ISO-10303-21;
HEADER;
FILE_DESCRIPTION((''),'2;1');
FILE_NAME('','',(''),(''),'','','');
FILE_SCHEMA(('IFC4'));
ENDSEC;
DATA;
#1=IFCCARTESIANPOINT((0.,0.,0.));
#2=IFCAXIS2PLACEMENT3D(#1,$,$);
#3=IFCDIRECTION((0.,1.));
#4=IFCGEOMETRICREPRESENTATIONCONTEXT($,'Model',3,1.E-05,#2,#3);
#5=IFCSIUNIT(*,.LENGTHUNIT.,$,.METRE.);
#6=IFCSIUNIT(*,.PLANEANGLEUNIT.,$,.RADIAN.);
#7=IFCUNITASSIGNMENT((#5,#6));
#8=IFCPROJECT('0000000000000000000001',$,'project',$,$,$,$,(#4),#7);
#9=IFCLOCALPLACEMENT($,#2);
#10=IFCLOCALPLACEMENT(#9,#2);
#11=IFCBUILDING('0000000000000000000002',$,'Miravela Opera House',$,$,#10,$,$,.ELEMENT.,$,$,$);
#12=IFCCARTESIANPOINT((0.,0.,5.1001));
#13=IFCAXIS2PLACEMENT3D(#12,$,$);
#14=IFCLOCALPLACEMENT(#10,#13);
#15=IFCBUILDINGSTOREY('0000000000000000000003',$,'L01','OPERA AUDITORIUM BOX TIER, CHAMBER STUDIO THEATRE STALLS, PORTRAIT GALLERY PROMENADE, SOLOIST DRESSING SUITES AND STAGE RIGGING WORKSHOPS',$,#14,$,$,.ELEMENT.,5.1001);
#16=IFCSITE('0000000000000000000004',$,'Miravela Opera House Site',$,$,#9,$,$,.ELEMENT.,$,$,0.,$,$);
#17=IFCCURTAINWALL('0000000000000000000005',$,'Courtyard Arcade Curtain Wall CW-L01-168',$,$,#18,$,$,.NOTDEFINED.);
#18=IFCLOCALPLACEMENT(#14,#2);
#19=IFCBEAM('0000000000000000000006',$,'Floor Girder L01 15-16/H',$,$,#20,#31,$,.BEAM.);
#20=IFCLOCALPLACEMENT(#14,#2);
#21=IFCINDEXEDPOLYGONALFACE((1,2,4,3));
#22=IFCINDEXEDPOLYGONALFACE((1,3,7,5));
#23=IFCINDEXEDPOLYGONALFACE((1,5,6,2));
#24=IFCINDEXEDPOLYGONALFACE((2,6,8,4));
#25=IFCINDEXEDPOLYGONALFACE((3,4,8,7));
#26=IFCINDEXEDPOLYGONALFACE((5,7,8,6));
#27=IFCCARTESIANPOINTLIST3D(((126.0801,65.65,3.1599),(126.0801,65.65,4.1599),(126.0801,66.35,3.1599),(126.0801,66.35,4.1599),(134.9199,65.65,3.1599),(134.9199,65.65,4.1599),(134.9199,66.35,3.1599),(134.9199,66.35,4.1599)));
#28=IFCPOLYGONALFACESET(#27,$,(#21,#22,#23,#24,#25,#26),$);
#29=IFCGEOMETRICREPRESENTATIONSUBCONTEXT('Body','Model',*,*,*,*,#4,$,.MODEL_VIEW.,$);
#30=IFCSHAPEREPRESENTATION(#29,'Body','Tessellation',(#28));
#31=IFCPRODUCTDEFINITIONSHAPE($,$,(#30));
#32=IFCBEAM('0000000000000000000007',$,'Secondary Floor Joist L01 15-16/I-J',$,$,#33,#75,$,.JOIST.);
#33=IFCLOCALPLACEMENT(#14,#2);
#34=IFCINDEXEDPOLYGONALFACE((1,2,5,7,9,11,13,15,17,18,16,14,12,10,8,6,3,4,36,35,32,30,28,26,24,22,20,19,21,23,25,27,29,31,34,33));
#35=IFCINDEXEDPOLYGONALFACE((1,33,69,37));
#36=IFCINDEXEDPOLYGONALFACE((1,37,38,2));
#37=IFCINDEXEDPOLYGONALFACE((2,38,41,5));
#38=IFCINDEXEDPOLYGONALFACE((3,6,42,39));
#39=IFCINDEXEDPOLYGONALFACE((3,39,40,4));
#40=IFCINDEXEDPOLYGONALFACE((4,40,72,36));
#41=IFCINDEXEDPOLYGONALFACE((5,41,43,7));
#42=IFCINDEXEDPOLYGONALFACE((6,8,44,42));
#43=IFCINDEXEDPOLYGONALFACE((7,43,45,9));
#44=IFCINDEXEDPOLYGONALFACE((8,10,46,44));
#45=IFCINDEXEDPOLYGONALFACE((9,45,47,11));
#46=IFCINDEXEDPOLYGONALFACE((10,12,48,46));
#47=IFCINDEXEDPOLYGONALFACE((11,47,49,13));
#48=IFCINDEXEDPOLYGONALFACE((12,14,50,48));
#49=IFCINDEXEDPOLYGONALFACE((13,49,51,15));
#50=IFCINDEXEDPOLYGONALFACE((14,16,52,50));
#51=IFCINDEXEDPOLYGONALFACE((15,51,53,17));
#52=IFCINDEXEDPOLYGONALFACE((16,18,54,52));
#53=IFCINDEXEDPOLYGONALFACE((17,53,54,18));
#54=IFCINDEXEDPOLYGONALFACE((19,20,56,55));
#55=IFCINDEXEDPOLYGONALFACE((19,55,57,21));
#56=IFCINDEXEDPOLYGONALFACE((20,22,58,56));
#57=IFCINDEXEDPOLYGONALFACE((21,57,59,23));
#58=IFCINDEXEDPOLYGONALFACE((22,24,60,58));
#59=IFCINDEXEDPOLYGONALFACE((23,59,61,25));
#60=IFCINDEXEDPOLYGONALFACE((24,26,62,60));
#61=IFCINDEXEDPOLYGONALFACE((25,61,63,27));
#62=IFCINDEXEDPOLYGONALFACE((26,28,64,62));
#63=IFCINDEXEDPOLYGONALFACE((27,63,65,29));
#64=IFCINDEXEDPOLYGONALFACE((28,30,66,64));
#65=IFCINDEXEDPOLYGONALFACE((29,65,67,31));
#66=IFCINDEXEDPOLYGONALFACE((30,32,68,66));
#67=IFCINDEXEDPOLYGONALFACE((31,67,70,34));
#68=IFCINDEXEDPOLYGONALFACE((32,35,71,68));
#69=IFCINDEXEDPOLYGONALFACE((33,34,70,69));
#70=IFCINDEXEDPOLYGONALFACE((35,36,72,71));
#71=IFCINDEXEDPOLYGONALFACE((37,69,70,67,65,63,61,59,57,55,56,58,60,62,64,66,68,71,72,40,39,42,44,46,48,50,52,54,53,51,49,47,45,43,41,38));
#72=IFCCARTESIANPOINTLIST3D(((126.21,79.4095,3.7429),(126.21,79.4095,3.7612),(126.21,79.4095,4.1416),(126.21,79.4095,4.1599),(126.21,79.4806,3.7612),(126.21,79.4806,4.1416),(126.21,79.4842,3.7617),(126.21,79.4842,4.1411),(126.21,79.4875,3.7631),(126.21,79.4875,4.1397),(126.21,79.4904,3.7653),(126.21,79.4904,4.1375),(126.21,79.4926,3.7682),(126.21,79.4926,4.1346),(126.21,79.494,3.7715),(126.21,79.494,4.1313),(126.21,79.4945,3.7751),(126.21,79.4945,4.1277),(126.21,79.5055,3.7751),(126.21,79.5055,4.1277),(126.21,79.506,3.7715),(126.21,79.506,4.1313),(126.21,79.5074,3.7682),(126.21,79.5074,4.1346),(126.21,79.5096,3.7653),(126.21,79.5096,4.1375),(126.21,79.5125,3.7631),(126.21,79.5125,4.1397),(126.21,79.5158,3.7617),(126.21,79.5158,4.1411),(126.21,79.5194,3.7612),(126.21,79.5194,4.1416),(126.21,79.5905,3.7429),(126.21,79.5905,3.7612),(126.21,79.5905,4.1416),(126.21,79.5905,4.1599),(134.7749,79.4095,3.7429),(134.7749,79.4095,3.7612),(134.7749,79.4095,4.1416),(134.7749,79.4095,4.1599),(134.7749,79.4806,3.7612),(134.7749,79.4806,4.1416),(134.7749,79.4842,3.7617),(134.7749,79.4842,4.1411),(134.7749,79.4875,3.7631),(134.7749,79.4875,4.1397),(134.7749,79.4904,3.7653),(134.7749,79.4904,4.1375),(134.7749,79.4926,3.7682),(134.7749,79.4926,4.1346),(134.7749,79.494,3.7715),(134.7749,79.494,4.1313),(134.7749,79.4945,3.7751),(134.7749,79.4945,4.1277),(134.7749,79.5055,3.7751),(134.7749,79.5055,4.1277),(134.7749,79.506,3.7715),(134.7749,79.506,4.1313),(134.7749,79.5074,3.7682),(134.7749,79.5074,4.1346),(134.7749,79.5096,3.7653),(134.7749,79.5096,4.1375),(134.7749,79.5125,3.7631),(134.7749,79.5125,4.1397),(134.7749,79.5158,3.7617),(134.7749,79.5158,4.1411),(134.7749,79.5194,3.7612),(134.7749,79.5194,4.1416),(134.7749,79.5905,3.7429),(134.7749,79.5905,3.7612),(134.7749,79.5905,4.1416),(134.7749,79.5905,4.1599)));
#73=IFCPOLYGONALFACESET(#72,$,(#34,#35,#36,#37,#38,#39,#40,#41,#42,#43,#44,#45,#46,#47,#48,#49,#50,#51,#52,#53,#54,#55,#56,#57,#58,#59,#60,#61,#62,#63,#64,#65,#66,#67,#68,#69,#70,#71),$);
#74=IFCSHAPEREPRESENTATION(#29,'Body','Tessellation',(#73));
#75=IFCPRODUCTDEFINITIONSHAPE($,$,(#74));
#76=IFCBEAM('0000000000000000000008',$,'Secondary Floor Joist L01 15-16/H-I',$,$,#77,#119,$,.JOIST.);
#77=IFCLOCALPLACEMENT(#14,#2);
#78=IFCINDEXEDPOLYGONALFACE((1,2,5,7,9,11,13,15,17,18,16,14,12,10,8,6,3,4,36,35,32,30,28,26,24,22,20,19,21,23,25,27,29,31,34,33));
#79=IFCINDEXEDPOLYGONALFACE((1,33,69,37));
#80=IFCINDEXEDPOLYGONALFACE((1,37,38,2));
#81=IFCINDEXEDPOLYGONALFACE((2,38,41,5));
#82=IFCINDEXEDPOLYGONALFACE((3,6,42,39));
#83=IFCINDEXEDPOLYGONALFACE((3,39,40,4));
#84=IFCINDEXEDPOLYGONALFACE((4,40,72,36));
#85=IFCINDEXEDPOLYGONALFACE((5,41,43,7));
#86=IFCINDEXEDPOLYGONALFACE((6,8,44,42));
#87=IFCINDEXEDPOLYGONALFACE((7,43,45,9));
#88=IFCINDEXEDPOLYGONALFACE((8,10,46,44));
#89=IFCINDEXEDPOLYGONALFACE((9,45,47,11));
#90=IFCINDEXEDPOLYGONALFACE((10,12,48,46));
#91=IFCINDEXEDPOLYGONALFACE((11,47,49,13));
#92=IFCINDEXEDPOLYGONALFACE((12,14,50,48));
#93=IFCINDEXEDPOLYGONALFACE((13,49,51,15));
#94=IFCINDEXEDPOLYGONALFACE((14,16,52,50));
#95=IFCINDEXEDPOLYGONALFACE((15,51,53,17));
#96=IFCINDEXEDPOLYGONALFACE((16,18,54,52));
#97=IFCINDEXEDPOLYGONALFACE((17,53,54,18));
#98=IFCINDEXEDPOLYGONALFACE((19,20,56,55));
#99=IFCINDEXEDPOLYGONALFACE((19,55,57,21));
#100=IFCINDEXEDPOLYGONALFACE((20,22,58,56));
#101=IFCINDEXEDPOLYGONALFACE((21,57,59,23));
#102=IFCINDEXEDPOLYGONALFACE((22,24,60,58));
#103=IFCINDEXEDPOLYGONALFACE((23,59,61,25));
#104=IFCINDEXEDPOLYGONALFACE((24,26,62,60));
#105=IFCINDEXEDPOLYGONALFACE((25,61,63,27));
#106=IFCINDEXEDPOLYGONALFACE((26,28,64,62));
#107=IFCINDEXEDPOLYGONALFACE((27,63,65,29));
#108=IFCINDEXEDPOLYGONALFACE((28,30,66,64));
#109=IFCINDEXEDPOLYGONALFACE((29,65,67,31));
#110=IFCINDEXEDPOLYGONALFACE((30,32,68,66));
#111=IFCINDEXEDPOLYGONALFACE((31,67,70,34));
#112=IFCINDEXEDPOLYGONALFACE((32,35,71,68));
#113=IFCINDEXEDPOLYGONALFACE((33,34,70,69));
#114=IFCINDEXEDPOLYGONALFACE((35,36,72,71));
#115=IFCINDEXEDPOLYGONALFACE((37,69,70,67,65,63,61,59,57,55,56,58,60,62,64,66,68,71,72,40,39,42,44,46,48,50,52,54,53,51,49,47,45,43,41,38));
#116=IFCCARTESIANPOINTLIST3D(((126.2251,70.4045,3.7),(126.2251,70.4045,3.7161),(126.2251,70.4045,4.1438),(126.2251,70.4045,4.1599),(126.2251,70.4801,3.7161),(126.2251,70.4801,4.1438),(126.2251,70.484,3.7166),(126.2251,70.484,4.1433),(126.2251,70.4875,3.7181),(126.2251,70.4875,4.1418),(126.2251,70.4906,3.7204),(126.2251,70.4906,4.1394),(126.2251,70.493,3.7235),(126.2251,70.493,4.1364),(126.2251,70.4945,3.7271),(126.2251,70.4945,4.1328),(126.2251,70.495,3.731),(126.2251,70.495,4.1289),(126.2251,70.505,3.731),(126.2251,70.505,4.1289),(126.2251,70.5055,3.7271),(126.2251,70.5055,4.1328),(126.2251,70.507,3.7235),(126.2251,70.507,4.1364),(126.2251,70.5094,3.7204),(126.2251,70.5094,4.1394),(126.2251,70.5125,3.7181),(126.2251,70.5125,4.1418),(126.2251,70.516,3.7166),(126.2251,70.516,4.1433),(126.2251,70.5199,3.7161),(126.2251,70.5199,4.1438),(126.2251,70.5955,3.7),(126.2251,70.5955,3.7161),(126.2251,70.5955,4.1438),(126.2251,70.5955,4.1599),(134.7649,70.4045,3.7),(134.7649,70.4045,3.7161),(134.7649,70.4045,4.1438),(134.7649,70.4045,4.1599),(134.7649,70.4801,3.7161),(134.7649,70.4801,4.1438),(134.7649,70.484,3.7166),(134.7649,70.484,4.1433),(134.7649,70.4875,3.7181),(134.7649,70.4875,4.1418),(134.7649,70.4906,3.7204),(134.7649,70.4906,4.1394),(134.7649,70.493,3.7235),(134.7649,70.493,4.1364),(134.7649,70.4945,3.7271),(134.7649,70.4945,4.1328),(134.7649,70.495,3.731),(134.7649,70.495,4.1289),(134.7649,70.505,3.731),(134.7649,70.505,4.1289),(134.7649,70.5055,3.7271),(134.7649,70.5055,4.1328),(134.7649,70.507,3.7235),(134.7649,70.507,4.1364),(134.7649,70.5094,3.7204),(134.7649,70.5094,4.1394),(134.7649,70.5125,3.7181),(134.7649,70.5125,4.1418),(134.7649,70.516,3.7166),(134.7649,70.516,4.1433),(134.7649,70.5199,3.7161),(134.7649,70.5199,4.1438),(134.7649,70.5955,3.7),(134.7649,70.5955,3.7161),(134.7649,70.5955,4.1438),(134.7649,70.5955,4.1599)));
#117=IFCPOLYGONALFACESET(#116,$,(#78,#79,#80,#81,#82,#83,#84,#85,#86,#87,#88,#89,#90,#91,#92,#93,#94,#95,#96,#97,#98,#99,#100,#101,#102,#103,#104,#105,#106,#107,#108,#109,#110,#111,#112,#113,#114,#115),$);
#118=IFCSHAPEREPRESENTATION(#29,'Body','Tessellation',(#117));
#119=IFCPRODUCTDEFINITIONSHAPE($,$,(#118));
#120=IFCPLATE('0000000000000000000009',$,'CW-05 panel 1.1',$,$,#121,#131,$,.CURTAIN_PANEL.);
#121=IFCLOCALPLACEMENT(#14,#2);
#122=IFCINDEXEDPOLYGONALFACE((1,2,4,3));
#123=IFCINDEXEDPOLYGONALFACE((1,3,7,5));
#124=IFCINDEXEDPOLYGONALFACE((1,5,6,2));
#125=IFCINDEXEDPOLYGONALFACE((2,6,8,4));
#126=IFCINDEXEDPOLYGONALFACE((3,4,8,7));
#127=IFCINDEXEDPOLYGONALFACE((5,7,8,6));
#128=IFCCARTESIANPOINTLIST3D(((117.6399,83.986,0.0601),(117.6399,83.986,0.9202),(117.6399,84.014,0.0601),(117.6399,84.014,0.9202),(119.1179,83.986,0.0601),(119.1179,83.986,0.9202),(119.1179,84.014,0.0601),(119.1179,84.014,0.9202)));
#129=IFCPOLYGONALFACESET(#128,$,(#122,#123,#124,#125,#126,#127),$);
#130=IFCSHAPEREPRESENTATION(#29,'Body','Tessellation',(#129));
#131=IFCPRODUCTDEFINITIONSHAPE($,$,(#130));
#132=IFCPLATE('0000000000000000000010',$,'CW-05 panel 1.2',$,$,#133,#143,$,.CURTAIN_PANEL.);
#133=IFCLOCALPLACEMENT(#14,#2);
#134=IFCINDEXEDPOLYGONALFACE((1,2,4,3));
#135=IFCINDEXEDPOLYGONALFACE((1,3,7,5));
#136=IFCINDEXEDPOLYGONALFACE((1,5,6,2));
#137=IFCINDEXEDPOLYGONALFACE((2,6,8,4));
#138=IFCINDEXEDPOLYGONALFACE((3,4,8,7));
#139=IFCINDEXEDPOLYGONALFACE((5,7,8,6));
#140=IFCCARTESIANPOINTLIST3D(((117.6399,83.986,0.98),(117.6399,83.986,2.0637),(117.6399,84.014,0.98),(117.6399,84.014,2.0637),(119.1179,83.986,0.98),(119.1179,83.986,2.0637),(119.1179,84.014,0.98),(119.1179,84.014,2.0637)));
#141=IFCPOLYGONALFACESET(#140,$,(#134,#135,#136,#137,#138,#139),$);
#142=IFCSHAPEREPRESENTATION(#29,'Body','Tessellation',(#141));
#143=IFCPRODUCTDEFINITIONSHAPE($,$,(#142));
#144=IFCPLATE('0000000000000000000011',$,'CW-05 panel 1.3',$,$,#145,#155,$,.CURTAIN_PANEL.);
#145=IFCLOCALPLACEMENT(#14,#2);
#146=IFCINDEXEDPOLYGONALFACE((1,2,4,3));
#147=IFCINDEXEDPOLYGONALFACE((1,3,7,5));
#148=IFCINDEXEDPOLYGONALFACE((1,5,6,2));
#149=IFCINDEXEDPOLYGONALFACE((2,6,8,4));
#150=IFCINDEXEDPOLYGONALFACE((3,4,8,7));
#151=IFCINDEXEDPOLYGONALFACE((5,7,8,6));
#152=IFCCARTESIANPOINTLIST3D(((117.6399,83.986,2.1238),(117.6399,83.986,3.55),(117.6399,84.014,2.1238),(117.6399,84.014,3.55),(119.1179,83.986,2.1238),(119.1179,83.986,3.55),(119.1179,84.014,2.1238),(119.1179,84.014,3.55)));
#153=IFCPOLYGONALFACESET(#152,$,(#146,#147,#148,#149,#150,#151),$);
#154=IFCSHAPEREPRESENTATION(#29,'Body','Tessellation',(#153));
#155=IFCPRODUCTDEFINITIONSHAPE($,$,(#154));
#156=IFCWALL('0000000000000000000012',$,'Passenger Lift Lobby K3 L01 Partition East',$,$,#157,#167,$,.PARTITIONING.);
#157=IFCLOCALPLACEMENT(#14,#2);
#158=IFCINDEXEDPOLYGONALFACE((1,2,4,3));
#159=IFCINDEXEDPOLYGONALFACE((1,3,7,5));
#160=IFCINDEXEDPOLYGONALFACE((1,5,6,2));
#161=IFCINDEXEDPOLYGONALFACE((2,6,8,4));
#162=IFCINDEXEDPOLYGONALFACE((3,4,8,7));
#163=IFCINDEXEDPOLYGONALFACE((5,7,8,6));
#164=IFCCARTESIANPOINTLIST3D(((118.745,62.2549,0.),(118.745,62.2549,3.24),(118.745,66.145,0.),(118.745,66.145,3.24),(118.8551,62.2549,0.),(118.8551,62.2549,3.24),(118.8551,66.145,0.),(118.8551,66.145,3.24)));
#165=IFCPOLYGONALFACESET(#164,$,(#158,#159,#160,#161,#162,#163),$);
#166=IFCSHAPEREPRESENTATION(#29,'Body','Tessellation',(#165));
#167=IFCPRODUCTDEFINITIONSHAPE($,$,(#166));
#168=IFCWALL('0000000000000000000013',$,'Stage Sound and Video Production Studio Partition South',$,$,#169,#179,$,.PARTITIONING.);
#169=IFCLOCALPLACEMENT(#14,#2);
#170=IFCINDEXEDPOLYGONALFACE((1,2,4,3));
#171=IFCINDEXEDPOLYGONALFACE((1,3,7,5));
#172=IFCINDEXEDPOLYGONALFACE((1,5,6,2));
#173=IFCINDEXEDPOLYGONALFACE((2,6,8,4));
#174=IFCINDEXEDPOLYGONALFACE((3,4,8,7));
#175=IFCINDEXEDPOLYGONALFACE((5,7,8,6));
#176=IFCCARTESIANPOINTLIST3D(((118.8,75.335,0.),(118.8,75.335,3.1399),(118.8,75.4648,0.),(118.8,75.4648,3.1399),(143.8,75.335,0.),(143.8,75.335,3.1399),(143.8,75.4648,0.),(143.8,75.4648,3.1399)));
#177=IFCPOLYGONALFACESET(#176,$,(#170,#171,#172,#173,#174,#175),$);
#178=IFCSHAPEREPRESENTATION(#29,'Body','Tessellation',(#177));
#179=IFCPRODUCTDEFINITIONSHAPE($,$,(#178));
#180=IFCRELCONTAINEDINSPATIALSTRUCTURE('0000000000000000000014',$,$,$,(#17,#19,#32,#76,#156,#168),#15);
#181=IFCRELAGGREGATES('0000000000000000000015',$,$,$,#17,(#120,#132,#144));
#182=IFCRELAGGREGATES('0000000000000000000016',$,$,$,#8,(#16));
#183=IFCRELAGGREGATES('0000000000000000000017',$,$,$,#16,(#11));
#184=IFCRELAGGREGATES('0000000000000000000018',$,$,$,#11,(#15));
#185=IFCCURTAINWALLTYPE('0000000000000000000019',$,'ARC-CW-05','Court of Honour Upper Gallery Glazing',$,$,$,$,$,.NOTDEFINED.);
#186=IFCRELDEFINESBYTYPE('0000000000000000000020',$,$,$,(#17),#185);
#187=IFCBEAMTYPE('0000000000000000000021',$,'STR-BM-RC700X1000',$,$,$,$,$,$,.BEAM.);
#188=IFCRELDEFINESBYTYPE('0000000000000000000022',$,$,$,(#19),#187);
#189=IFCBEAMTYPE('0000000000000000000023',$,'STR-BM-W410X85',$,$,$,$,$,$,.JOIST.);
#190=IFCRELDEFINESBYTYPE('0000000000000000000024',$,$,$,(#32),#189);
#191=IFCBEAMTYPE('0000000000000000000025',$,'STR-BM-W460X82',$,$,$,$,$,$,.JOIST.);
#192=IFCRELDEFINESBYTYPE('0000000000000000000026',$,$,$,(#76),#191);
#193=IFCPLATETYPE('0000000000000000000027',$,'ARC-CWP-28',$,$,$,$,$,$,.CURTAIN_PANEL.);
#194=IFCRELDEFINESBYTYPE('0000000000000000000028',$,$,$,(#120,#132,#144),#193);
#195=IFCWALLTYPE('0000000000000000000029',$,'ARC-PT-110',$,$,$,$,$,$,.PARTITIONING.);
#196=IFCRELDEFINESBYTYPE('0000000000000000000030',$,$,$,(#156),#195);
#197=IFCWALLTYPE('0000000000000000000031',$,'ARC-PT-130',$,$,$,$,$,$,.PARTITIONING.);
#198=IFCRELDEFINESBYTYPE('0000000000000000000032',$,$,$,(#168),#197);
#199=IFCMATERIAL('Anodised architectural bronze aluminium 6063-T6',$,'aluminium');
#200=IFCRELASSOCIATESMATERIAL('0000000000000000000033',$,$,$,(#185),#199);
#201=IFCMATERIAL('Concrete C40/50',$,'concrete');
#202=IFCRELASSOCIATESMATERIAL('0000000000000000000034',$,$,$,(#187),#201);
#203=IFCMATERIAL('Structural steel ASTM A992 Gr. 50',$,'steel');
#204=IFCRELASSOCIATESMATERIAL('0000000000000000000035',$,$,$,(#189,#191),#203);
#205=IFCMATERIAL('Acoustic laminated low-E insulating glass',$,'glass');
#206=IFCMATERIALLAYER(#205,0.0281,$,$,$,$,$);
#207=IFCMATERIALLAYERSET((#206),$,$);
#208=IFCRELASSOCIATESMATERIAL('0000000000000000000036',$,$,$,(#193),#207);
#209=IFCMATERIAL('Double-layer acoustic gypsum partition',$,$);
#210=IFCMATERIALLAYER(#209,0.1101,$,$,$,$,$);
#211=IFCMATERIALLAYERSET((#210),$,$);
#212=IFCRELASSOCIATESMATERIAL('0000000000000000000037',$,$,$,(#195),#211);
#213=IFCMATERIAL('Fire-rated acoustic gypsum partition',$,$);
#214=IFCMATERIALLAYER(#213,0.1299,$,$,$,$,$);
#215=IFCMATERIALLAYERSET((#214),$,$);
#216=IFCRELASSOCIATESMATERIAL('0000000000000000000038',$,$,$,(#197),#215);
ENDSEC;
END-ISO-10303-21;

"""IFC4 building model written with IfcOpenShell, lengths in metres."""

from ifc_helpers import new_model, si_unit, direction, frame, frame_2d, origin, origin_2d, place, context, subcontext, project, spatial, rectangle, i_section, extrude, material, layer, layer_set, material_profile, profile_set, type_object, element, aggregate, save


model = new_model("IFC4")

# Units and contexts
model_context = context("Model", 3, precision=1e-05, world=origin(), true_north=direction((0.0, 1.0)))
body_context = subcontext(model_context, "Body", "Model", "MODEL_VIEW")
ifc_project = project(units=[si_unit("LENGTHUNIT", "METRE"), si_unit("PLANEANGLEUNIT", "RADIAN")], contexts=[model_context])

# Site, building, storey
site_placement = place(None, origin())
site = spatial("IfcSite", under=ifc_project, at=site_placement, Name="Miravela Opera House Site", CompositionType="ELEMENT", RefElevation=0.0)
building_placement = place(site_placement, origin())
building = spatial("IfcBuilding", under=site, at=building_placement, Name="Miravela Opera House", CompositionType="ELEMENT")
storey_placement = place(building_placement, frame((0.0, 0.0, 5.1001)))
storey = spatial("IfcBuildingStorey", under=building, at=storey_placement, Name="L01", Description="OPERA AUDITORIUM BOX TIER, CHAMBER STUDIO THEATRE STALLS, PORTRAIT GALLERY PROMENADE, SOLOIST DRESSING SUITES AND STAGE RIGGING WORKSHOPS", CompositionType="ELEMENT", Elevation=5.1001)

# Shared definitions
ifc_material_1 = material(Name="Concrete C40/50", Category="concrete")

# Curtain wall
ifc_material_2 = material(Name="Anodised architectural bronze aluminium 6063-T6", Category="aluminium")
curtain_wall_type = type_object("IfcCurtainWallType", Name="ARC-CW-05", Description="Court of Honour Upper Gallery Glazing", PredefinedType="NOTDEFINED", material=ifc_material_2)
curtain_wall_placement = place(storey_placement, origin())
curtain_wall = element("IfcCurtainWall", 1, at=curtain_wall_placement, inside=storey, type_object=curtain_wall_type, Name="Courtyard Arcade Curtain Wall CW-L01-168", PredefinedType="NOTDEFINED")

# Beams
ifc_material_profile_1 = material_profile(ifc_material_1, rectangle(XDim=0.7, YDim=1.0, at=origin_2d()), Name="RC-BM-700X1000")
ifc_profile_set_1 = profile_set([ifc_material_profile_1])
beam_type_1 = type_object("IfcBeamType", Name="STR-BM-RC700X1000", PredefinedType="BEAM", material=ifc_profile_set_1)
beam_1_placement = place(storey_placement, frame((126.0801, 66.0, 3.6599), z_axis=(1.0, 0.0, 0.0), x_axis=(0.0, 1.0, 0.0)))
element("IfcBeam", 2, at=beam_1_placement, inside=storey, type_object=beam_type_1, Name="Floor Girder L01 15-16/H", PredefinedType="BEAM", context=body_context, shape_type="SweptSolid", body=[
    extrude(rectangle(XDim=0.7, YDim=1.0, at=origin_2d()), origin(), (0.0, 0.0, 1.0), 8.8398),
])
ifc_material_3 = material(Name="Structural steel ASTM A992 Gr. 50", Category="steel")
ifc_material_profile_2 = material_profile(ifc_material_3, i_section(OverallWidth=0.1809, OverallDepth=0.417, WebThickness=0.011, FlangeThickness=0.0183, FilletRadius=0.0139, at=origin_2d()), Name="W410X85")
ifc_profile_set_2 = profile_set([ifc_material_profile_2])
beam_type_2 = type_object("IfcBeamType", Name="STR-BM-W410X85", PredefinedType="JOIST", material=ifc_profile_set_2)
beam_2_placement = place(storey_placement, frame((126.21, 79.5, 3.9514), z_axis=(1.0, 0.0, 0.0), x_axis=(0.0, 1.0, 0.0)))
element("IfcBeam", 3, at=beam_2_placement, inside=storey, type_object=beam_type_2, Name="Secondary Floor Joist L01 15-16/I-J", PredefinedType="JOIST", context=body_context, shape_type="SweptSolid", body=[
    extrude(i_section(OverallWidth=0.1809, OverallDepth=0.417, WebThickness=0.011, FlangeThickness=0.0183, FilletRadius=0.0139, at=origin_2d()), origin(), (0.0, 0.0, 1.0), 8.5649),
])
ifc_material_profile_3 = material_profile(ifc_material_3, i_section(OverallWidth=0.1909, OverallDepth=0.46, WebThickness=0.01, FlangeThickness=0.0161, FilletRadius=0.0149, at=origin_2d()), Name="W460X82")
ifc_profile_set_3 = profile_set([ifc_material_profile_3])
beam_type_3 = type_object("IfcBeamType", Name="STR-BM-W460X82", PredefinedType="JOIST", material=ifc_profile_set_3)
beam_3_placement = place(storey_placement, frame((126.2251, 70.5, 3.9299), z_axis=(1.0, 0.0, 0.0), x_axis=(0.0, 1.0, 0.0)))
element("IfcBeam", 4, at=beam_3_placement, inside=storey, type_object=beam_type_3, Name="Secondary Floor Joist L01 15-16/H-I", PredefinedType="JOIST", context=body_context, shape_type="SweptSolid", body=[
    extrude(i_section(OverallWidth=0.1909, OverallDepth=0.46, WebThickness=0.01, FlangeThickness=0.0161, FilletRadius=0.0149, at=origin_2d()), origin(), (0.0, 0.0, 1.0), 8.5398),
])

# Plates
ifc_material_4 = material(Name="Acoustic laminated low-E insulating glass", Category="glass")
ifc_layer_1 = layer(ifc_material_4, 0.0281)
ifc_layer_set_1 = layer_set([ifc_layer_1])
plate_type = type_object("IfcPlateType", Name="ARC-CWP-28", PredefinedType="CURTAIN_PANEL", material=ifc_layer_set_1)
plate_1_placement = place(storey_placement, frame((118.3789, 84.0, 0.0601), z_axis=(0.0, 0.0, 1.0), x_axis=(1.0, 0.0, 0.0)))
plate_1 = element("IfcPlate", 5, at=plate_1_placement, type_object=plate_type, Name="CW-05 panel 1.1", PredefinedType="CURTAIN_PANEL", context=body_context, shape_type="SweptSolid", body=[
    extrude(rectangle(XDim=1.478, YDim=0.0281, at=origin_2d()), origin(), (0.0, 0.0, 1.0), 0.8601),
])
plate_2_placement = place(storey_placement, frame((118.3789, 84.0, 0.98), z_axis=(0.0, 0.0, 1.0), x_axis=(1.0, 0.0, 0.0)))
plate_2 = element("IfcPlate", 6, at=plate_2_placement, type_object=plate_type, Name="CW-05 panel 1.2", PredefinedType="CURTAIN_PANEL", context=body_context, shape_type="SweptSolid", body=[
    extrude(rectangle(XDim=1.478, YDim=0.0281, at=origin_2d()), origin(), (0.0, 0.0, 1.0), 1.0837),
])
plate_3_placement = place(storey_placement, frame((118.3789, 84.0, 2.1238), z_axis=(0.0, 0.0, 1.0), x_axis=(1.0, 0.0, 0.0)))
plate_3 = element("IfcPlate", 7, at=plate_3_placement, type_object=plate_type, Name="CW-05 panel 1.3", PredefinedType="CURTAIN_PANEL", context=body_context, shape_type="SweptSolid", body=[
    extrude(rectangle(XDim=1.478, YDim=0.0281, at=origin_2d()), origin(), (0.0, 0.0, 1.0), 1.4263),
])
aggregate(curtain_wall, [plate_1, plate_2, plate_3])

# Walls
ifc_material_5 = material(Name="Double-layer acoustic gypsum partition")
ifc_layer_2 = layer(ifc_material_5, 0.1101)
ifc_layer_set_2 = layer_set([ifc_layer_2])
wall_type_1 = type_object("IfcWallType", Name="ARC-PT-110", PredefinedType="PARTITIONING", material=ifc_layer_set_2)
wall_1_placement = place(storey_placement, frame((118.8, 62.2549, 0.0), z_axis=(0.0, 0.0, 1.0), x_axis=(0.0, 1.0, 0.0)))
element("IfcWall", 8, at=wall_1_placement, inside=storey, type_object=wall_type_1, Name="Passenger Lift Lobby K3 L01 Partition East", PredefinedType="PARTITIONING", context=body_context, shape_type="SweptSolid", body=[
    extrude(rectangle(XDim=3.8901, YDim=0.1101, at=frame_2d((1.9451, 0.0))), origin(), (0.0, 0.0, 1.0), 3.24),
])
ifc_material_6 = material(Name="Fire-rated acoustic gypsum partition")
ifc_layer_3 = layer(ifc_material_6, 0.1299)
ifc_layer_set_3 = layer_set([ifc_layer_3])
wall_type_2 = type_object("IfcWallType", Name="ARC-PT-130", PredefinedType="PARTITIONING", material=ifc_layer_set_3)
wall_2_placement = place(storey_placement, frame((118.8, 75.3999, 0.0), z_axis=(0.0, 0.0, 1.0), x_axis=(1.0, 0.0, 0.0)))
element("IfcWall", 9, at=wall_2_placement, inside=storey, type_object=wall_type_2, Name="Stage Sound and Video Production Studio Partition South", PredefinedType="PARTITIONING", context=body_context, shape_type="SweptSolid", body=[
    extrude(rectangle(XDim=25.0, YDim=0.1299, at=frame_2d((12.5, 0.0))), origin(), (0.0, 0.0, 1.0), 3.1399),
])

save(model, "model.ifc")
